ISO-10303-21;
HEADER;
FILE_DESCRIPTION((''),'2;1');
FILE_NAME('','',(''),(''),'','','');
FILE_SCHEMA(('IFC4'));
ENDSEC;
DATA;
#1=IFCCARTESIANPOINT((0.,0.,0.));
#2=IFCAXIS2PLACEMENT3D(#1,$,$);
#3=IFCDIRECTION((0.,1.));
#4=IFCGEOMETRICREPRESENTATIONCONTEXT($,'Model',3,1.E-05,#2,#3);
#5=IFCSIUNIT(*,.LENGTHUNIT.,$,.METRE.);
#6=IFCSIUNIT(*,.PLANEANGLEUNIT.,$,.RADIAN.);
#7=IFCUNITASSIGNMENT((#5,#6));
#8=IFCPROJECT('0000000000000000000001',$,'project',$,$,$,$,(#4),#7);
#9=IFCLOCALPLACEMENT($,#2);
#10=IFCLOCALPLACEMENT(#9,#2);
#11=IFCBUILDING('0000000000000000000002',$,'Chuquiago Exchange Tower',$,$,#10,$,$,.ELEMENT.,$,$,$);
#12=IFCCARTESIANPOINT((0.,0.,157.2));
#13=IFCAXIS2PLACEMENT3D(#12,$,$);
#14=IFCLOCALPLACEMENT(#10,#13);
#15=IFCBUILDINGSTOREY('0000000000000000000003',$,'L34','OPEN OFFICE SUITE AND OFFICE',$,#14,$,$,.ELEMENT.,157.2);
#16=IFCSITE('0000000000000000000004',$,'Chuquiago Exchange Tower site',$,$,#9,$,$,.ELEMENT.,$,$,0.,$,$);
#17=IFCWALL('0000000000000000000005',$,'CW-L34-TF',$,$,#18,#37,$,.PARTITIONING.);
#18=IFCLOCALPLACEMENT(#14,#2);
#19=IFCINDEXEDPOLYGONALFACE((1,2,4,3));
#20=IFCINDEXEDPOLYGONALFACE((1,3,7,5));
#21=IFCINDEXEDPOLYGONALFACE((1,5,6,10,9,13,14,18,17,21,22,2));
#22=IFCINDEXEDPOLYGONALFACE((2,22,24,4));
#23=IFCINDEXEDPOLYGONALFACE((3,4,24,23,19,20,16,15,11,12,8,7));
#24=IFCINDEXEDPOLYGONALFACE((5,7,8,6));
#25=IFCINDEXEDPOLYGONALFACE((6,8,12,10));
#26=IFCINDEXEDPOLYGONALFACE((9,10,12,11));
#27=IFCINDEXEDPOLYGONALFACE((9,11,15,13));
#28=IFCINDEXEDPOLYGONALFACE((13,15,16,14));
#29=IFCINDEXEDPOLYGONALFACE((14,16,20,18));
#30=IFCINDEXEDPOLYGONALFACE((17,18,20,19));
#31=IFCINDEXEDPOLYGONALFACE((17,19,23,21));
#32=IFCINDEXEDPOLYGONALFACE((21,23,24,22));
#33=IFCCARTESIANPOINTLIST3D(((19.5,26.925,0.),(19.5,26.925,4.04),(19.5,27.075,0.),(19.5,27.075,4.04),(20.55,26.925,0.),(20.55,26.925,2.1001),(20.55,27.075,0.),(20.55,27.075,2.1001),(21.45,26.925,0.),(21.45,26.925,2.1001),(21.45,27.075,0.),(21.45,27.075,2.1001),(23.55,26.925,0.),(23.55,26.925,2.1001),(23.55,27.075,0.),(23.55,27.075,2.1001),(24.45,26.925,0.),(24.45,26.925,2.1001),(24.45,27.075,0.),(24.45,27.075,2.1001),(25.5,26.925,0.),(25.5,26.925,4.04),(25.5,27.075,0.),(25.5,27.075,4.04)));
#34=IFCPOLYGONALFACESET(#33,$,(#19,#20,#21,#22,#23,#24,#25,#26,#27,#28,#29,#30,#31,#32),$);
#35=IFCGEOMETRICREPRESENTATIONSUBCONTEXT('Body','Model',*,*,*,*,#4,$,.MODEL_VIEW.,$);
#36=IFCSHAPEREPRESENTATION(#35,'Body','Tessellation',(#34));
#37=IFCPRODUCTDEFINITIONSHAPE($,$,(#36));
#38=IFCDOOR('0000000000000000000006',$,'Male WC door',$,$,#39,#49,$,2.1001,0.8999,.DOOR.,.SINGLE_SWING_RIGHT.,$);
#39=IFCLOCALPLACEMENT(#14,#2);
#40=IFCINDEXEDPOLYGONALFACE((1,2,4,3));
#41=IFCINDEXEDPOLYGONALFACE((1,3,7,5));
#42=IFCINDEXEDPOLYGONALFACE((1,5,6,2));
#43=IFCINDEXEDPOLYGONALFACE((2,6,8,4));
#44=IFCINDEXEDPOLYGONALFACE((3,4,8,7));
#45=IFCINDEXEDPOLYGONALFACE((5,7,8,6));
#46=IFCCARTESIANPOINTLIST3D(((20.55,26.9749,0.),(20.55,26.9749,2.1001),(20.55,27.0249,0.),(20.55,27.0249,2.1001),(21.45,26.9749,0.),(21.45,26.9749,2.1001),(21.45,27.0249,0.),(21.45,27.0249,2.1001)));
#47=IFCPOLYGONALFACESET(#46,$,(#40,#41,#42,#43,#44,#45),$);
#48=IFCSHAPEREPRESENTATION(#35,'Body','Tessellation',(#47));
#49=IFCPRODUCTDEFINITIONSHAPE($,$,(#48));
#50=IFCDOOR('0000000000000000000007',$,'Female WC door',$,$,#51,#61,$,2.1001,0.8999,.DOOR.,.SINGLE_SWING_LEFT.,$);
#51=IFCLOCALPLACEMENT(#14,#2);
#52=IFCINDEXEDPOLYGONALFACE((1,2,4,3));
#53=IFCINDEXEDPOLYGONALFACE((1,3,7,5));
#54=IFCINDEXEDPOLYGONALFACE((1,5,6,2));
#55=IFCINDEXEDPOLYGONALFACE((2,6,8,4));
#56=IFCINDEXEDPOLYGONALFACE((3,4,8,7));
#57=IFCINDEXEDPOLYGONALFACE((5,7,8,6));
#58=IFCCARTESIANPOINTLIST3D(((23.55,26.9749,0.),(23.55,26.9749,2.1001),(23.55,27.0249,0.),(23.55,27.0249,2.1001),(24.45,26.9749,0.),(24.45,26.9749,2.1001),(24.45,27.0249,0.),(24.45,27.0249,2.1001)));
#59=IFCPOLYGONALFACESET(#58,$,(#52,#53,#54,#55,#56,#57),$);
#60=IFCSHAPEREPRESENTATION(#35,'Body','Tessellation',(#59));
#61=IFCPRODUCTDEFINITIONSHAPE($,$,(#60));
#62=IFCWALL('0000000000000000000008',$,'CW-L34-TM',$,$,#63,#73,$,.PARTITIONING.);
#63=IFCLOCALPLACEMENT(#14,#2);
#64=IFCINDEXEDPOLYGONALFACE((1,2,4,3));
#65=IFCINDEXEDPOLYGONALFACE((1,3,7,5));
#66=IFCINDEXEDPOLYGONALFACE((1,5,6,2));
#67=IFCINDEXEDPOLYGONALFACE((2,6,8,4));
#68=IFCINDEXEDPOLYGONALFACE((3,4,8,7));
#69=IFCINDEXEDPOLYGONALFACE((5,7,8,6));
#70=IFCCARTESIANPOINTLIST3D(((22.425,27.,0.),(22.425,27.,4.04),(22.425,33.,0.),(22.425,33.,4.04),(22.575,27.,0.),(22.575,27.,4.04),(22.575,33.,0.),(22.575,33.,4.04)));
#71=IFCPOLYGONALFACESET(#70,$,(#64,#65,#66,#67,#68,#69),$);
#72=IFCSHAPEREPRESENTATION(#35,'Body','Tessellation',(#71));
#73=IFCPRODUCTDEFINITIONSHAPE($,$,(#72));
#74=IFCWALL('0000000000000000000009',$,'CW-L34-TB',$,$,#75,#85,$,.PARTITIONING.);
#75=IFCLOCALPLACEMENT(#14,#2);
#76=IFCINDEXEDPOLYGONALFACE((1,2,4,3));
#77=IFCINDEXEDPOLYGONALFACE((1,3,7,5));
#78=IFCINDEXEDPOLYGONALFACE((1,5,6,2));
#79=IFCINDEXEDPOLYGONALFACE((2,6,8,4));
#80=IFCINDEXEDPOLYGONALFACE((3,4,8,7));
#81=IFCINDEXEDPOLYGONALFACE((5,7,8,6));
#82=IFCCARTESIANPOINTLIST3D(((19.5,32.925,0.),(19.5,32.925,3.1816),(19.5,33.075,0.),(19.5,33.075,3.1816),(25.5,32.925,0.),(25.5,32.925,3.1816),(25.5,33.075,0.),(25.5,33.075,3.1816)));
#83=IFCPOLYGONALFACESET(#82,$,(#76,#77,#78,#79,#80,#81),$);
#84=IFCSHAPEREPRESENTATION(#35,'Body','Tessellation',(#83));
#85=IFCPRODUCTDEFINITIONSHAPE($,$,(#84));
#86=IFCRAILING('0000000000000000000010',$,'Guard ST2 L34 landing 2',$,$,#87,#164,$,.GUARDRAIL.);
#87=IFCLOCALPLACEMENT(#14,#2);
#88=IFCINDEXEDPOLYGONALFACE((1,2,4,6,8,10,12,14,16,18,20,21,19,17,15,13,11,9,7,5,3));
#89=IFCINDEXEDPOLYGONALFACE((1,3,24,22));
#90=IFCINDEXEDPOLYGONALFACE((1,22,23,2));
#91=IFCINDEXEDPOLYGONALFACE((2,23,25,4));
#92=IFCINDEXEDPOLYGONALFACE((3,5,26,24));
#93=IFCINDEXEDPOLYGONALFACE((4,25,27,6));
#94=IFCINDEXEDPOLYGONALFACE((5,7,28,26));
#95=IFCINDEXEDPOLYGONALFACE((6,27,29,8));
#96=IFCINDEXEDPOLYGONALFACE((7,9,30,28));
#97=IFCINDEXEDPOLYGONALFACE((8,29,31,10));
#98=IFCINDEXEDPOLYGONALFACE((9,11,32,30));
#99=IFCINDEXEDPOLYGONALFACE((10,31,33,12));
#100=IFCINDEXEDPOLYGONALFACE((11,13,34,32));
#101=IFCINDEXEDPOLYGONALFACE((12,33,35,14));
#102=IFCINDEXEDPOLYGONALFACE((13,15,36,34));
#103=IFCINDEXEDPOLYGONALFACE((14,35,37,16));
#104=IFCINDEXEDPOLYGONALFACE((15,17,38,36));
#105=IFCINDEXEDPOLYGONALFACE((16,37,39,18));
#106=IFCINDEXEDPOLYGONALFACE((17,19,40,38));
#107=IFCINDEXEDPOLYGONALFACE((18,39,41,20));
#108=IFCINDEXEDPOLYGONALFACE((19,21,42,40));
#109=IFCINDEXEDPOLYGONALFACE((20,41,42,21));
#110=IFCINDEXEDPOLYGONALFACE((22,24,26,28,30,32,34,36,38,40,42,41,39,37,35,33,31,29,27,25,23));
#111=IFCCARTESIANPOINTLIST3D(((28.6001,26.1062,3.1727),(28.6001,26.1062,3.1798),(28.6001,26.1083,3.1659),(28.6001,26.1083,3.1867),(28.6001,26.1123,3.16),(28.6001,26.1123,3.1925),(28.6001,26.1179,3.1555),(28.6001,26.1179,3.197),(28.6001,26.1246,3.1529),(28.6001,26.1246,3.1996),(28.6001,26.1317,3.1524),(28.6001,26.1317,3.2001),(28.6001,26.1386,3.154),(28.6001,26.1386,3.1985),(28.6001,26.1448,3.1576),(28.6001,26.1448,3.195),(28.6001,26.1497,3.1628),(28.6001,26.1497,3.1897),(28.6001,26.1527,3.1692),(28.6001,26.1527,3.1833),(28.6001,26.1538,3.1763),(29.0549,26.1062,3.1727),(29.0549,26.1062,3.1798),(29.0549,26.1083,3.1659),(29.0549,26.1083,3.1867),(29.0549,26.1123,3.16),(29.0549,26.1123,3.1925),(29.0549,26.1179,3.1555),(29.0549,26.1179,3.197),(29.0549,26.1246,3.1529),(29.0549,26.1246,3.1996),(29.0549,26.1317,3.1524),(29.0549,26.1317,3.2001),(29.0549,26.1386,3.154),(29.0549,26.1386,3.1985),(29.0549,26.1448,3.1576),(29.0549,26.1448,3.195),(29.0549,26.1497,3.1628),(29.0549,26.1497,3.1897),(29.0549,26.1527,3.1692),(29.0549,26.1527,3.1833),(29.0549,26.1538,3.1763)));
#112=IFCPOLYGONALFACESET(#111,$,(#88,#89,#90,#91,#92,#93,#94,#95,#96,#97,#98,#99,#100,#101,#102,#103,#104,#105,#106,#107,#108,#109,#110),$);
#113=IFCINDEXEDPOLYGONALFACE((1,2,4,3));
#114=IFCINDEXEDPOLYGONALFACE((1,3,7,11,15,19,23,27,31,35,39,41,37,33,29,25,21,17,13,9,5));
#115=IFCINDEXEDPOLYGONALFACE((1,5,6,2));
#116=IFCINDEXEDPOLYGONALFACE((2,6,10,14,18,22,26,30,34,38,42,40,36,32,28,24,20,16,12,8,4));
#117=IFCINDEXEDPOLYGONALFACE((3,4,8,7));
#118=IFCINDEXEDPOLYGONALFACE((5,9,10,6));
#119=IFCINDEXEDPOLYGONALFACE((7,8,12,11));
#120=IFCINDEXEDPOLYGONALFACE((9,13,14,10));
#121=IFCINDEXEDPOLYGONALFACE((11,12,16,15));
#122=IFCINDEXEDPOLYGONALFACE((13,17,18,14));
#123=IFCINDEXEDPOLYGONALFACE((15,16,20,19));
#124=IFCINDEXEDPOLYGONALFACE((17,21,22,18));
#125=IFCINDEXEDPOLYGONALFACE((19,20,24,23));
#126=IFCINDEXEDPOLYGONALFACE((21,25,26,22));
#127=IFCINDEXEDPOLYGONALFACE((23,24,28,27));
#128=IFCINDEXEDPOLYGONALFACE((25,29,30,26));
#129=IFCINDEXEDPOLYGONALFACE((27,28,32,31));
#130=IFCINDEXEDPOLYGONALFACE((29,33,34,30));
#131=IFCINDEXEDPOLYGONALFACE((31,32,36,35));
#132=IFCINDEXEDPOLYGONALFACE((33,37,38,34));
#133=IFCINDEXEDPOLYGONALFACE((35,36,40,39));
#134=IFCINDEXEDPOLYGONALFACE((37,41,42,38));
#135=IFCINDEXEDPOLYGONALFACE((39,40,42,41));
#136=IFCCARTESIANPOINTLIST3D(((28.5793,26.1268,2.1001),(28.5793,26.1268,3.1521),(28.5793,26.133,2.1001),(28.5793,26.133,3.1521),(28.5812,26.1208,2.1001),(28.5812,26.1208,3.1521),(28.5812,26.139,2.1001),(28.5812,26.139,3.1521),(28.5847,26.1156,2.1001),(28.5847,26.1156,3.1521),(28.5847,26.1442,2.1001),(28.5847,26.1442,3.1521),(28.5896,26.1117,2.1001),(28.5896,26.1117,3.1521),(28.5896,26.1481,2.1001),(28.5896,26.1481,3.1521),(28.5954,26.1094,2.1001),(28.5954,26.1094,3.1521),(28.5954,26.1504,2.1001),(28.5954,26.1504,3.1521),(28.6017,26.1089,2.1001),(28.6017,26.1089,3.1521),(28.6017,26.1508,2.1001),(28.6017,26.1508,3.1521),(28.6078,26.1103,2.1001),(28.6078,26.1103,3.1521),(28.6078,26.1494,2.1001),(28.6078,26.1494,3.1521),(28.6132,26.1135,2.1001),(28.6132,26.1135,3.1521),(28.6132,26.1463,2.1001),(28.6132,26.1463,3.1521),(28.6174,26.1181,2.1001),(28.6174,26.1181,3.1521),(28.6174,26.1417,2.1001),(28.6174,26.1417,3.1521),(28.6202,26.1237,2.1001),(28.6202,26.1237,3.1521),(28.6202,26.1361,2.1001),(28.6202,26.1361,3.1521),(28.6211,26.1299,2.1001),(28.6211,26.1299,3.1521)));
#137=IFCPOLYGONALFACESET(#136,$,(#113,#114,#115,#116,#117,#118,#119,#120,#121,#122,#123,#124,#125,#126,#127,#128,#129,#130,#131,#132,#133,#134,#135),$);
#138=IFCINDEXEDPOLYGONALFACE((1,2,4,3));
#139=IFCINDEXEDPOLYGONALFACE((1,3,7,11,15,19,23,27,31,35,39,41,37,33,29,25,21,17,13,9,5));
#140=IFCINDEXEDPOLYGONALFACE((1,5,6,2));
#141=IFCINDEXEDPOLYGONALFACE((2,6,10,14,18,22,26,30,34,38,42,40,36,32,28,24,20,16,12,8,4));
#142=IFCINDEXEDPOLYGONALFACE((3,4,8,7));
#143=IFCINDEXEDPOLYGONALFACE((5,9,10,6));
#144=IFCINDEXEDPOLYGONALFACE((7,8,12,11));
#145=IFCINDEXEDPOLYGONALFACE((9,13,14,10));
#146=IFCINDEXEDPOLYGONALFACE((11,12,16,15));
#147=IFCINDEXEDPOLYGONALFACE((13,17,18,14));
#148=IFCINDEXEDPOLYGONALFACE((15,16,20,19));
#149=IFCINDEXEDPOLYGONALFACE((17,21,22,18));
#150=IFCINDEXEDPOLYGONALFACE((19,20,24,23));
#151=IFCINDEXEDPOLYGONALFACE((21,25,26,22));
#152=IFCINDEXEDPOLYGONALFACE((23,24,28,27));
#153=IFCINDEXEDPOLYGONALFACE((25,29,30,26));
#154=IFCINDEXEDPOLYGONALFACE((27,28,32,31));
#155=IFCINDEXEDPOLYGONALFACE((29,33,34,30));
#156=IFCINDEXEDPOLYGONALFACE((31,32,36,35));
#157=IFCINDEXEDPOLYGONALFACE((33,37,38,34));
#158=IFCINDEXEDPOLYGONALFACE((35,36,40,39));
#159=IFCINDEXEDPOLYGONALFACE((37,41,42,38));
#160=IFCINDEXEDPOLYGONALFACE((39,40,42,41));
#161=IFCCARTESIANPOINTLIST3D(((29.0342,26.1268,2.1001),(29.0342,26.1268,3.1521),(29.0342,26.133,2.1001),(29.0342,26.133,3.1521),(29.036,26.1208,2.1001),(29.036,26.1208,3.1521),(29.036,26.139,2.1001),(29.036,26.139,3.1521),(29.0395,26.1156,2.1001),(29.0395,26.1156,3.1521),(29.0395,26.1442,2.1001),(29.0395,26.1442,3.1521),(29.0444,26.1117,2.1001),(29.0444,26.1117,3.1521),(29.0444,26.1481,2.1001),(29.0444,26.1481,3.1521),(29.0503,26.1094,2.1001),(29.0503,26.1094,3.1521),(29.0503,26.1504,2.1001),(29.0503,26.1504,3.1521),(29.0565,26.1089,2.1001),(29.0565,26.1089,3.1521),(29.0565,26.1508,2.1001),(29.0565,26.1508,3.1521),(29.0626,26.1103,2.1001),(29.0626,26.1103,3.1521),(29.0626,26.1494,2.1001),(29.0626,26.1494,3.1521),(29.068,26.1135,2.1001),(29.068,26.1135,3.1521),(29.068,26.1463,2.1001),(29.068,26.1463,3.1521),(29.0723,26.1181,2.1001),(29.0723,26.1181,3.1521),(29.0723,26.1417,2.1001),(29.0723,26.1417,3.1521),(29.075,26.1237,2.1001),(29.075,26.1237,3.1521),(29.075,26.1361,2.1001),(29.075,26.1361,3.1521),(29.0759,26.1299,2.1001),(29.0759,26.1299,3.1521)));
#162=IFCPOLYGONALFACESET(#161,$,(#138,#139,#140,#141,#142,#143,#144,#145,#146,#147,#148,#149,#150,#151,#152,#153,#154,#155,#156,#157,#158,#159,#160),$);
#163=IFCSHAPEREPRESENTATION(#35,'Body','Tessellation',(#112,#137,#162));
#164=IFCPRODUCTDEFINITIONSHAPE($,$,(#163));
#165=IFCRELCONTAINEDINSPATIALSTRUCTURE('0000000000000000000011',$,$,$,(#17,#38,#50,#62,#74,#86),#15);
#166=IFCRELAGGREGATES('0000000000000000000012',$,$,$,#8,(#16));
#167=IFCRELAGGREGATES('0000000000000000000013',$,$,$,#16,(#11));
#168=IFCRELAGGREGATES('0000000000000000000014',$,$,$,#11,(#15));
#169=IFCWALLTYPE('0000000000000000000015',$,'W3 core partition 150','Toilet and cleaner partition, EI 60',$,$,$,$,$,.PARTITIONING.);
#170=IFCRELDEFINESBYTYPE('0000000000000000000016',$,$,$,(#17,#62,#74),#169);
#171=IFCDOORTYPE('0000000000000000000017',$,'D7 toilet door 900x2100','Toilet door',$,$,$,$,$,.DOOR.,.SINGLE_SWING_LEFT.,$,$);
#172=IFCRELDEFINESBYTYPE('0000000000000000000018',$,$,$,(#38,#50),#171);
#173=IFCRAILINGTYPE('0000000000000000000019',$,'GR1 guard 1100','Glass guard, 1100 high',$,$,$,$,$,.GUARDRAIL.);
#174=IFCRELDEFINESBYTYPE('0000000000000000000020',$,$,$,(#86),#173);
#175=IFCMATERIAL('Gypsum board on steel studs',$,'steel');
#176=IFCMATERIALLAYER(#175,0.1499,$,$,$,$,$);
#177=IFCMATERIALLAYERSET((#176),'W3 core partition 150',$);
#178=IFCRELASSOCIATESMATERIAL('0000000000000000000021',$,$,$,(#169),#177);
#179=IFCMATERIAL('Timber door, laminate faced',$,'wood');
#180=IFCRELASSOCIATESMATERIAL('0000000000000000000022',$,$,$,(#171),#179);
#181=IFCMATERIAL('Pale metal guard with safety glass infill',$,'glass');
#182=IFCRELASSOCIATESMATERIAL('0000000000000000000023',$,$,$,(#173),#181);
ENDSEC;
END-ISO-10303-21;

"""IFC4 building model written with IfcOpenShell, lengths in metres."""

from ifc_helpers import new_model, si_unit, direction, frame, frame_2d, origin, origin_2d, place, context, subcontext, project, spatial, rectangle, circle, extrude, material, layer, layer_set, type_object, element, fill, save


model = new_model("IFC4")

# Units and contexts
model_context = context("Model", 3, precision=1e-05, world=origin(), true_north=direction((0.0, 1.0)))
body_context = subcontext(model_context, "Body", "Model", "MODEL_VIEW")
ifc_project = project(units=[si_unit("LENGTHUNIT", "METRE"), si_unit("PLANEANGLEUNIT", "RADIAN")], contexts=[model_context])

# Site, building, storey
site_placement = place(None, origin())
site = spatial("IfcSite", under=ifc_project, at=site_placement, Name="Chuquiago Exchange Tower site", CompositionType="ELEMENT", RefElevation=0.0)
building_placement = place(site_placement, origin())
building = spatial("IfcBuilding", under=site, at=building_placement, Name="Chuquiago Exchange Tower", CompositionType="ELEMENT")
storey_placement = place(building_placement, frame((0.0, 0.0, 157.2)))
storey = spatial("IfcBuildingStorey", under=building, at=storey_placement, Name="L34", Description="OPEN OFFICE SUITE AND OFFICE", CompositionType="ELEMENT", Elevation=157.2)

# Wall, openings, doors
ifc_material_1 = material(Name="Gypsum board on steel studs", Category="steel")
ifc_layer_1 = layer(ifc_material_1, 0.1499)
ifc_layer_set_1 = layer_set([ifc_layer_1], Name="W3 core partition 150")
wall_type_1 = type_object("IfcWallType", Name="W3 core partition 150", Description="Toilet and cleaner partition, EI 60", PredefinedType="PARTITIONING", material=ifc_layer_set_1)
wall_1_placement = place(storey_placement, frame((19.5, 27.0, 0.0), z_axis=(0.0, 0.0, 1.0), x_axis=(1.0, 0.0, 0.0)))
wall_1 = element("IfcWall", 1, at=wall_1_placement, inside=storey, type_object=wall_type_1, Name="CW-L34-TF", PredefinedType="PARTITIONING", context=body_context, shape_type="SweptSolid", body=[
    extrude(rectangle(XDim=6.0, YDim=0.1499, at=frame_2d((3.0, 0.0))), origin(), (0.0, 0.0, 1.0), 4.04),
])
opening_1_placement = place(wall_1_placement, frame((1.05, 0.0, 0.0)))
opening_1 = element("IfcOpeningElement", 2, at=opening_1_placement, cuts=wall_1, PredefinedType="OPENING", context=body_context, shape_type="SweptSolid", body=[
    extrude(rectangle(XDim=0.8999, YDim=2.1001, at=frame_2d((0.45, 1.05))), frame((0.0, 0.085, 0.0), z_axis=(0.0, -1.0, 0.0), x_axis=(1.0, 0.0, 0.0)), (0.0, 0.0, 1.0), 0.1699),
])
opening_2_placement = place(wall_1_placement, frame((4.05, 0.0, 0.0)))
opening_2 = element("IfcOpeningElement", 3, at=opening_2_placement, cuts=wall_1, PredefinedType="OPENING", context=body_context, shape_type="SweptSolid", body=[
    extrude(rectangle(XDim=0.8999, YDim=2.1001, at=frame_2d((0.45, 1.05))), frame((0.0, 0.085, 0.0), z_axis=(0.0, -1.0, 0.0), x_axis=(1.0, 0.0, 0.0)), (0.0, 0.0, 1.0), 0.1699),
])
ifc_material_2 = material(Name="Timber door, laminate faced", Category="wood")
door_type_1 = type_object("IfcDoorType", Name="D7 toilet door 900x2100", Description="Toilet door", OperationType="SINGLE_SWING_LEFT", PredefinedType="DOOR", material=ifc_material_2)
door_1_placement = place(opening_1_placement, origin())
door_1 = element("IfcDoor", 4, at=door_1_placement, inside=storey, type_object=door_type_1, Name="Male WC door", OperationType="SINGLE_SWING_RIGHT", OverallHeight=2.1001, OverallWidth=0.8999, PredefinedType="DOOR", context=body_context, shape_type="SweptSolid", body=[
    extrude(rectangle(XDim=0.8999, YDim=2.1001, at=frame_2d((0.45, 1.05))), frame((0.0, 0.0249, 0.0), z_axis=(0.0, -1.0, 0.0), x_axis=(1.0, 0.0, 0.0)), (0.0, 0.0, 1.0), 0.05),
])
fill(opening_1, door_1)
door_2_placement = place(opening_2_placement, origin())
door_2 = element("IfcDoor", 5, at=door_2_placement, inside=storey, type_object=door_type_1, Name="Female WC door", OperationType="SINGLE_SWING_LEFT", OverallHeight=2.1001, OverallWidth=0.8999, PredefinedType="DOOR", context=body_context, shape_type="SweptSolid", body=[
    extrude(rectangle(XDim=0.8999, YDim=2.1001, at=frame_2d((0.45, 1.05))), frame((0.0, 0.0249, 0.0), z_axis=(0.0, -1.0, 0.0), x_axis=(1.0, 0.0, 0.0)), (0.0, 0.0, 1.0), 0.05),
])
fill(opening_2, door_2)

# Walls
wall_2_placement = place(storey_placement, frame((22.5, 27.0, 0.0), z_axis=(0.0, 0.0, 1.0), x_axis=(0.0, 1.0, 0.0)))
element("IfcWall", 6, at=wall_2_placement, inside=storey, type_object=wall_type_1, Name="CW-L34-TM", PredefinedType="PARTITIONING", context=body_context, shape_type="SweptSolid", body=[
    extrude(rectangle(XDim=6.0, YDim=0.1499, at=frame_2d((3.0, 0.0))), origin(), (0.0, 0.0, 1.0), 4.04),
])
wall_3_placement = place(storey_placement, frame((19.5, 33.0, 0.0), z_axis=(0.0, 0.0, 1.0), x_axis=(1.0, 0.0, 0.0)))
element("IfcWall", 7, at=wall_3_placement, inside=storey, type_object=wall_type_1, Name="CW-L34-TB", PredefinedType="PARTITIONING", context=body_context, shape_type="SweptSolid", body=[
    extrude(rectangle(XDim=6.0, YDim=0.1499, at=frame_2d((3.0, 0.0))), origin(), (0.0, 0.0, 1.0), 3.1816),
])

# Railing
ifc_material_3 = material(Name="Pale metal guard with safety glass infill", Category="glass")
railing_type_1 = type_object("IfcRailingType", Name="GR1 guard 1100", Description="Glass guard, 1100 high", PredefinedType="GUARDRAIL", material=ifc_material_3)
railing_placement = place(storey_placement, frame((28.6001, 26.1299, 2.1001)))
element("IfcRailing", 8, at=railing_placement, inside=storey, type_object=railing_type_1, Name="Guard ST2 L34 landing 2", PredefinedType="GUARDRAIL", context=body_context, shape_type="SweptSolid", body=[
    extrude(circle(Radius=0.0239, at=origin_2d()), frame((0.0, 0.0, 1.0762), z_axis=(1.0, 0.0, 0.0), x_axis=(0.0, 1.0, 0.0)), (0.0, 0.0, 1.0), 0.4548),
    extrude(circle(Radius=0.021, at=origin_2d()), origin(), (0.0, 0.0, 1.0), 1.052),
    extrude(circle(Radius=0.021, at=origin_2d()), frame((0.4548, 0.0, 0.0)), (0.0, 0.0, 1.0), 1.052),
])

save(model, "model.ifc")
